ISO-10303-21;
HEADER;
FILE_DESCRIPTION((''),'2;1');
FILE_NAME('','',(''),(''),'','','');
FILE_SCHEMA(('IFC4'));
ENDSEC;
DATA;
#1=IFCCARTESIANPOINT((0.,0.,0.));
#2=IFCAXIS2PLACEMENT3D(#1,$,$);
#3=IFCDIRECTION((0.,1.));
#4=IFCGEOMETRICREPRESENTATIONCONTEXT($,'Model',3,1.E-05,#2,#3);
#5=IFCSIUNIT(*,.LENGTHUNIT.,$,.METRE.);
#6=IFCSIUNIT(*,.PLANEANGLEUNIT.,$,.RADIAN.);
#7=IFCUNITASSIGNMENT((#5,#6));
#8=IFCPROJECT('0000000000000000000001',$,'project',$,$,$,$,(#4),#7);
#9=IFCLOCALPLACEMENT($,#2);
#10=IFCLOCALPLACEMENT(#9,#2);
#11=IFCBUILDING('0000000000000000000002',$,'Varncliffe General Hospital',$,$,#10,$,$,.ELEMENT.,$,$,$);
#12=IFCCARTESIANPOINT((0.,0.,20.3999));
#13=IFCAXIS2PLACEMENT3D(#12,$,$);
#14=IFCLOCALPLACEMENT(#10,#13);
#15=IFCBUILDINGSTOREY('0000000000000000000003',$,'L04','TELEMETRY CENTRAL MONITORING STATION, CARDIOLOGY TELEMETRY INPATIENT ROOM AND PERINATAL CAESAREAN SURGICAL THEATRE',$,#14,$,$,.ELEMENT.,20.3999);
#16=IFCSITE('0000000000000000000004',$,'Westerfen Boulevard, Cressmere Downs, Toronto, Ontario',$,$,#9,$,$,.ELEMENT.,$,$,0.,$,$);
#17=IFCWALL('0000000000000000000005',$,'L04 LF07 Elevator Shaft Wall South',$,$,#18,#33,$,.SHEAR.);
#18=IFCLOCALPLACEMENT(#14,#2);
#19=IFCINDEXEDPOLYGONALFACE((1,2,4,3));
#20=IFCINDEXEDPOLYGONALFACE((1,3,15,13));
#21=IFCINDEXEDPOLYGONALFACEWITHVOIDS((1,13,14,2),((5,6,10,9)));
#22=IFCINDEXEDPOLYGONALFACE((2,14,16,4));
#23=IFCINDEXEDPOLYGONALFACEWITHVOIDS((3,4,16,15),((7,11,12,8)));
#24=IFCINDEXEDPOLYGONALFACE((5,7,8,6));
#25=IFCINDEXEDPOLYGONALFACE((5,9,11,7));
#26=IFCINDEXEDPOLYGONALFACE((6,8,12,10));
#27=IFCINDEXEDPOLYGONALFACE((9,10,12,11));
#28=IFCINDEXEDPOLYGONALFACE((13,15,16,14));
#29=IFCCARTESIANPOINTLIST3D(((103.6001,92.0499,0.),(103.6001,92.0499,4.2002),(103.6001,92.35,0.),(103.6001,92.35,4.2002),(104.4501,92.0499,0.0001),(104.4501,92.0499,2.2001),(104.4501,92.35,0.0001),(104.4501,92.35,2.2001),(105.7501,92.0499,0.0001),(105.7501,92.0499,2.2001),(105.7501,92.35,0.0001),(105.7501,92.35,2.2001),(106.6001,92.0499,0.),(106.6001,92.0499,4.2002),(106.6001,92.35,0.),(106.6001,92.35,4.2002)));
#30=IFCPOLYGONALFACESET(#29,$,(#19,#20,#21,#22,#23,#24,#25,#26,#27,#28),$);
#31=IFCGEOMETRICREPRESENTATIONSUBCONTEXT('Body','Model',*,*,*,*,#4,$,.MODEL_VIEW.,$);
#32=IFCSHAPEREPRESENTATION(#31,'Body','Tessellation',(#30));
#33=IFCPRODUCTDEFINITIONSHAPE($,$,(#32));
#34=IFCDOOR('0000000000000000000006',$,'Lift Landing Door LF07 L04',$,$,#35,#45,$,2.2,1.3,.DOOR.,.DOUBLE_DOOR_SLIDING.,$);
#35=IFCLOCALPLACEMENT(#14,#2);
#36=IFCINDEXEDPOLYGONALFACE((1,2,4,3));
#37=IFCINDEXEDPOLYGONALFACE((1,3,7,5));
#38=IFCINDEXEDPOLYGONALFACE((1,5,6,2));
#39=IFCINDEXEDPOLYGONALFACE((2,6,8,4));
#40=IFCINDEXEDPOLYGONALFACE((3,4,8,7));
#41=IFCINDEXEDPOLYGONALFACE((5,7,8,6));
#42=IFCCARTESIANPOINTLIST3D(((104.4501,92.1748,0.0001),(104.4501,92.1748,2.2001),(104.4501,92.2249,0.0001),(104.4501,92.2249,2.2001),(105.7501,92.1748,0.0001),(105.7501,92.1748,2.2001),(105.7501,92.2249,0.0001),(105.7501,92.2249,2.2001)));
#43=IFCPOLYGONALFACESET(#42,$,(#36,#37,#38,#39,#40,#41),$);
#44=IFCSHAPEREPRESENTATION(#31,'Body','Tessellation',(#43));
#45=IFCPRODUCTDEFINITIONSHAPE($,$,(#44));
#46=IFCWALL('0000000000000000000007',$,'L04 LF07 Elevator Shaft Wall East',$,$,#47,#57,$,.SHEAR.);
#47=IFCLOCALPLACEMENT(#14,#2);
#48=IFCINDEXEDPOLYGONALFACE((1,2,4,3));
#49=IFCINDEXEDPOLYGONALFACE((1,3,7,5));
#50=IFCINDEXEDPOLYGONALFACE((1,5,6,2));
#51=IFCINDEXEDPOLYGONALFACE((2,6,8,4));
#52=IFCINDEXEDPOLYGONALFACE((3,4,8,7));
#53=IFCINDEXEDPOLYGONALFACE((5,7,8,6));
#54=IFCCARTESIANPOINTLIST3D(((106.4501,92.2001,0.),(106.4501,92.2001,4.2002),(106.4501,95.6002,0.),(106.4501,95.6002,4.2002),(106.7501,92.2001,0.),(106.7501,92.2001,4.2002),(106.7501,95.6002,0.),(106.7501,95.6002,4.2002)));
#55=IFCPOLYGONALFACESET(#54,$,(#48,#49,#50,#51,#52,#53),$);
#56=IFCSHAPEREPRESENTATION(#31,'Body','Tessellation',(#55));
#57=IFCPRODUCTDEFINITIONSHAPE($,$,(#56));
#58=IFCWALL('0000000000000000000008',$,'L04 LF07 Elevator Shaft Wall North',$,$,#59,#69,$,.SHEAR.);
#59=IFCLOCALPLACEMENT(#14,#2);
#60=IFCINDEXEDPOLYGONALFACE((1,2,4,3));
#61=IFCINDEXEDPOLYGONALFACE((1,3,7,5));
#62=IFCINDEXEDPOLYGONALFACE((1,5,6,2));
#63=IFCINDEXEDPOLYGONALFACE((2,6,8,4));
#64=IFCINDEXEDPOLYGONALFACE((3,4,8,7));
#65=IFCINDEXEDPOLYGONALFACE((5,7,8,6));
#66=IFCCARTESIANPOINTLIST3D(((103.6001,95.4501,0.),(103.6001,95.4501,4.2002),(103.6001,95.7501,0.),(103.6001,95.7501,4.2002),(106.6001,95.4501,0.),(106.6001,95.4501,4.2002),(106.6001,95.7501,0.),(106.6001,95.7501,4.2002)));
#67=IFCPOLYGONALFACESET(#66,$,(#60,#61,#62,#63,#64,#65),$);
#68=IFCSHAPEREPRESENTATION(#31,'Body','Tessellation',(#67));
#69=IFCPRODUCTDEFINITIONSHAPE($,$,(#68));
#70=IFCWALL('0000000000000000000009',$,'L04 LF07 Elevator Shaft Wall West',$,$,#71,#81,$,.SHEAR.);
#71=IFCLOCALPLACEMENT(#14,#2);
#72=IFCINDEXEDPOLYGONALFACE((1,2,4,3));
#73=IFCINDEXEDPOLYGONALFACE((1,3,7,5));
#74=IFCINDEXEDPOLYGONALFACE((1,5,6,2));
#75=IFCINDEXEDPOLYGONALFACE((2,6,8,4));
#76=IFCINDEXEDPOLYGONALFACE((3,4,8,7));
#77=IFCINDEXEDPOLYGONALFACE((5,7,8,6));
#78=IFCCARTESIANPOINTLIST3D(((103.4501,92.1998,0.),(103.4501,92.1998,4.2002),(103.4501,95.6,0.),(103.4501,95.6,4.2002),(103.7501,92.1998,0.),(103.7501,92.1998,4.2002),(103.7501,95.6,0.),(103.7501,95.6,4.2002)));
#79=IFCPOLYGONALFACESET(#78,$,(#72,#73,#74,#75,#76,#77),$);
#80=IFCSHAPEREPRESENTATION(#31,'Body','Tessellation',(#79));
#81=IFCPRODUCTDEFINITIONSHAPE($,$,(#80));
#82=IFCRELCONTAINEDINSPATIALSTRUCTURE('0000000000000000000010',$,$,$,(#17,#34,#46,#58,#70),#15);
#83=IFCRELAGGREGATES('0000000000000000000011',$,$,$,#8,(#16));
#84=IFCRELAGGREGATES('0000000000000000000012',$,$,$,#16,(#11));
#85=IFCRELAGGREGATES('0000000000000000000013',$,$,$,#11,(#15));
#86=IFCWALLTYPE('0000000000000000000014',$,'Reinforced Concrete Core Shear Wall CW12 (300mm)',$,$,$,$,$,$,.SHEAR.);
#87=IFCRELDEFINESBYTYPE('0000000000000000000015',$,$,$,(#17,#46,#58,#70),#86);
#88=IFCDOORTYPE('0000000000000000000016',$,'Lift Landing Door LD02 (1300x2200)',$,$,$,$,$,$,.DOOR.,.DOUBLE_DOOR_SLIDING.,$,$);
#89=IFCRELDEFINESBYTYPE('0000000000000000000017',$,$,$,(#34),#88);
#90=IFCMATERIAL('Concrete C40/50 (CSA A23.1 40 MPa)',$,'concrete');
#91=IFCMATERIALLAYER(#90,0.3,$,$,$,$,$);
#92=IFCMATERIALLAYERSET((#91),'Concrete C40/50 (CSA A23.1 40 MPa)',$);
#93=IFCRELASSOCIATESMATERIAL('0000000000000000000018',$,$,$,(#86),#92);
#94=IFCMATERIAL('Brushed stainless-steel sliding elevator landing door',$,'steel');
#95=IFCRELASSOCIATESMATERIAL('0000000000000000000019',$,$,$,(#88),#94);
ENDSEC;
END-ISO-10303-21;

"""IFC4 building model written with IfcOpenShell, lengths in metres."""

from ifc_helpers import new_model, si_unit, direction, frame, frame_2d, origin, place, context, subcontext, project, spatial, rectangle, extrude, material, layer, layer_set, type_object, element, fill, save


model = new_model("IFC4")

# Units and contexts
model_context = context("Model", 3, precision=1e-05, world=origin(), true_north=direction((0.0, 1.0)))
body_context = subcontext(model_context, "Body", "Model", "MODEL_VIEW")
ifc_project = project(units=[si_unit("LENGTHUNIT", "METRE"), si_unit("PLANEANGLEUNIT", "RADIAN")], contexts=[model_context])

# Site, building, storey
site_placement = place(None, origin())
site = spatial("IfcSite", under=ifc_project, at=site_placement, Name="Westerfen Boulevard, Cressmere Downs, Toronto, Ontario", CompositionType="ELEMENT", RefElevation=0.0)
building_placement = place(site_placement, origin())
building = spatial("IfcBuilding", under=site, at=building_placement, Name="Varncliffe General Hospital", CompositionType="ELEMENT")
storey_placement = place(building_placement, frame((0.0, 0.0, 20.3999)))
storey = spatial("IfcBuildingStorey", under=building, at=storey_placement, Name="L04", Description="TELEMETRY CENTRAL MONITORING STATION, CARDIOLOGY TELEMETRY INPATIENT ROOM AND PERINATAL CAESAREAN SURGICAL THEATRE", CompositionType="ELEMENT", Elevation=20.3999)

# Shared definitions
ifc_material_1 = material(Name="Concrete C40/50 (CSA A23.1 40 MPa)", Category="concrete")

# Shared definitions
ifc_layer_1 = layer(ifc_material_1, 0.3)
ifc_layer_set_1 = layer_set([ifc_layer_1], Name="Concrete C40/50 (CSA A23.1 40 MPa)")
wall_type_1 = type_object("IfcWallType", Name="Reinforced Concrete Core Shear Wall CW12 (300mm)", PredefinedType="SHEAR", material=ifc_layer_set_1)

# Wall, opening, door
wall_1_placement = place(storey_placement, frame((103.6001, 92.2, 0.0), z_axis=(0.0, 0.0, 1.0), x_axis=(1.0, 0.0, 0.0)))
wall_1 = element("IfcWall", 1, at=wall_1_placement, inside=storey, type_object=wall_type_1, Name="L04 LF07 Elevator Shaft Wall South", PredefinedType="SHEAR", context=body_context, shape_type="SweptSolid", body=[
    extrude(rectangle(XDim=3.0, YDim=0.3, at=frame_2d((1.5, 0.0))), origin(), (0.0, 0.0, 1.0), 4.2002),
])
opening_1_placement = place(wall_1_placement, frame((0.8501, 0.0, 0.0)))
opening_1 = element("IfcOpeningElement", 2, at=opening_1_placement, cuts=wall_1, PredefinedType="OPENING", context=body_context, shape_type="SweptSolid", body=[
    extrude(rectangle(XDim=1.3, YDim=2.2, at=frame_2d((0.6499, 1.1001))), frame((0.0, 0.1602, 0.0), z_axis=(0.0, -1.0, 0.0), x_axis=(1.0, 0.0, 0.0)), (0.0, 0.0, 1.0), 0.3201),
])
ifc_material_2 = material(Name="Brushed stainless-steel sliding elevator landing door", Category="steel")
door_type_1 = type_object("IfcDoorType", Name="Lift Landing Door LD02 (1300x2200)", OperationType="DOUBLE_DOOR_SLIDING", PredefinedType="DOOR", material=ifc_material_2)
door_1_placement = place(opening_1_placement, origin())
door_1 = element("IfcDoor", 3, at=door_1_placement, inside=storey, type_object=door_type_1, Name="Lift Landing Door LF07 L04", OperationType="DOUBLE_DOOR_SLIDING", OverallHeight=2.2, OverallWidth=1.3, PredefinedType="DOOR", context=body_context, shape_type="SweptSolid", body=[
    extrude(rectangle(XDim=1.3, YDim=2.2, at=frame_2d((0.6499, 1.1001))), frame((0.0, 0.0249, 0.0), z_axis=(0.0, -1.0, 0.0), x_axis=(1.0, 0.0, 0.0)), (0.0, 0.0, 1.0), 0.05),
])
fill(opening_1, door_1)

# Walls
wall_2_placement = place(storey_placement, frame((106.6001, 92.2, 0.0), z_axis=(0.0, 0.0, 1.0), x_axis=(0.0, 1.0, 0.0)))
element("IfcWall", 4, at=wall_2_placement, inside=storey, type_object=wall_type_1, Name="L04 LF07 Elevator Shaft Wall East", PredefinedType="SHEAR", context=body_context, shape_type="SweptSolid", body=[
    extrude(rectangle(XDim=3.4001, YDim=0.3, at=frame_2d((1.7002, 0.0))), origin(), (0.0, 0.0, 1.0), 4.2002),
])
wall_3_placement = place(storey_placement, frame((106.6001, 95.6001, 0.0), z_axis=(0.0, 0.0, 1.0), x_axis=(-1.0, 0.0, 0.0)))
element("IfcWall", 5, at=wall_3_placement, inside=storey, type_object=wall_type_1, Name="L04 LF07 Elevator Shaft Wall North", PredefinedType="SHEAR", context=body_context, shape_type="SweptSolid", body=[
    extrude(rectangle(XDim=3.0, YDim=0.3, at=frame_2d((1.5, 0.0))), origin(), (0.0, 0.0, 1.0), 4.2002),
])
wall_4_placement = place(storey_placement, frame((103.6001, 95.6001, 0.0), z_axis=(0.0, 0.0, 1.0), x_axis=(0.0, -1.0, 0.0)))
element("IfcWall", 6, at=wall_4_placement, inside=storey, type_object=wall_type_1, Name="L04 LF07 Elevator Shaft Wall West", PredefinedType="SHEAR", context=body_context, shape_type="SweptSolid", body=[
    extrude(rectangle(XDim=3.4001, YDim=0.3, at=frame_2d((1.7002, 0.0))), origin(), (0.0, 0.0, 1.0), 4.2002),
])

save(model, "model.ifc")
